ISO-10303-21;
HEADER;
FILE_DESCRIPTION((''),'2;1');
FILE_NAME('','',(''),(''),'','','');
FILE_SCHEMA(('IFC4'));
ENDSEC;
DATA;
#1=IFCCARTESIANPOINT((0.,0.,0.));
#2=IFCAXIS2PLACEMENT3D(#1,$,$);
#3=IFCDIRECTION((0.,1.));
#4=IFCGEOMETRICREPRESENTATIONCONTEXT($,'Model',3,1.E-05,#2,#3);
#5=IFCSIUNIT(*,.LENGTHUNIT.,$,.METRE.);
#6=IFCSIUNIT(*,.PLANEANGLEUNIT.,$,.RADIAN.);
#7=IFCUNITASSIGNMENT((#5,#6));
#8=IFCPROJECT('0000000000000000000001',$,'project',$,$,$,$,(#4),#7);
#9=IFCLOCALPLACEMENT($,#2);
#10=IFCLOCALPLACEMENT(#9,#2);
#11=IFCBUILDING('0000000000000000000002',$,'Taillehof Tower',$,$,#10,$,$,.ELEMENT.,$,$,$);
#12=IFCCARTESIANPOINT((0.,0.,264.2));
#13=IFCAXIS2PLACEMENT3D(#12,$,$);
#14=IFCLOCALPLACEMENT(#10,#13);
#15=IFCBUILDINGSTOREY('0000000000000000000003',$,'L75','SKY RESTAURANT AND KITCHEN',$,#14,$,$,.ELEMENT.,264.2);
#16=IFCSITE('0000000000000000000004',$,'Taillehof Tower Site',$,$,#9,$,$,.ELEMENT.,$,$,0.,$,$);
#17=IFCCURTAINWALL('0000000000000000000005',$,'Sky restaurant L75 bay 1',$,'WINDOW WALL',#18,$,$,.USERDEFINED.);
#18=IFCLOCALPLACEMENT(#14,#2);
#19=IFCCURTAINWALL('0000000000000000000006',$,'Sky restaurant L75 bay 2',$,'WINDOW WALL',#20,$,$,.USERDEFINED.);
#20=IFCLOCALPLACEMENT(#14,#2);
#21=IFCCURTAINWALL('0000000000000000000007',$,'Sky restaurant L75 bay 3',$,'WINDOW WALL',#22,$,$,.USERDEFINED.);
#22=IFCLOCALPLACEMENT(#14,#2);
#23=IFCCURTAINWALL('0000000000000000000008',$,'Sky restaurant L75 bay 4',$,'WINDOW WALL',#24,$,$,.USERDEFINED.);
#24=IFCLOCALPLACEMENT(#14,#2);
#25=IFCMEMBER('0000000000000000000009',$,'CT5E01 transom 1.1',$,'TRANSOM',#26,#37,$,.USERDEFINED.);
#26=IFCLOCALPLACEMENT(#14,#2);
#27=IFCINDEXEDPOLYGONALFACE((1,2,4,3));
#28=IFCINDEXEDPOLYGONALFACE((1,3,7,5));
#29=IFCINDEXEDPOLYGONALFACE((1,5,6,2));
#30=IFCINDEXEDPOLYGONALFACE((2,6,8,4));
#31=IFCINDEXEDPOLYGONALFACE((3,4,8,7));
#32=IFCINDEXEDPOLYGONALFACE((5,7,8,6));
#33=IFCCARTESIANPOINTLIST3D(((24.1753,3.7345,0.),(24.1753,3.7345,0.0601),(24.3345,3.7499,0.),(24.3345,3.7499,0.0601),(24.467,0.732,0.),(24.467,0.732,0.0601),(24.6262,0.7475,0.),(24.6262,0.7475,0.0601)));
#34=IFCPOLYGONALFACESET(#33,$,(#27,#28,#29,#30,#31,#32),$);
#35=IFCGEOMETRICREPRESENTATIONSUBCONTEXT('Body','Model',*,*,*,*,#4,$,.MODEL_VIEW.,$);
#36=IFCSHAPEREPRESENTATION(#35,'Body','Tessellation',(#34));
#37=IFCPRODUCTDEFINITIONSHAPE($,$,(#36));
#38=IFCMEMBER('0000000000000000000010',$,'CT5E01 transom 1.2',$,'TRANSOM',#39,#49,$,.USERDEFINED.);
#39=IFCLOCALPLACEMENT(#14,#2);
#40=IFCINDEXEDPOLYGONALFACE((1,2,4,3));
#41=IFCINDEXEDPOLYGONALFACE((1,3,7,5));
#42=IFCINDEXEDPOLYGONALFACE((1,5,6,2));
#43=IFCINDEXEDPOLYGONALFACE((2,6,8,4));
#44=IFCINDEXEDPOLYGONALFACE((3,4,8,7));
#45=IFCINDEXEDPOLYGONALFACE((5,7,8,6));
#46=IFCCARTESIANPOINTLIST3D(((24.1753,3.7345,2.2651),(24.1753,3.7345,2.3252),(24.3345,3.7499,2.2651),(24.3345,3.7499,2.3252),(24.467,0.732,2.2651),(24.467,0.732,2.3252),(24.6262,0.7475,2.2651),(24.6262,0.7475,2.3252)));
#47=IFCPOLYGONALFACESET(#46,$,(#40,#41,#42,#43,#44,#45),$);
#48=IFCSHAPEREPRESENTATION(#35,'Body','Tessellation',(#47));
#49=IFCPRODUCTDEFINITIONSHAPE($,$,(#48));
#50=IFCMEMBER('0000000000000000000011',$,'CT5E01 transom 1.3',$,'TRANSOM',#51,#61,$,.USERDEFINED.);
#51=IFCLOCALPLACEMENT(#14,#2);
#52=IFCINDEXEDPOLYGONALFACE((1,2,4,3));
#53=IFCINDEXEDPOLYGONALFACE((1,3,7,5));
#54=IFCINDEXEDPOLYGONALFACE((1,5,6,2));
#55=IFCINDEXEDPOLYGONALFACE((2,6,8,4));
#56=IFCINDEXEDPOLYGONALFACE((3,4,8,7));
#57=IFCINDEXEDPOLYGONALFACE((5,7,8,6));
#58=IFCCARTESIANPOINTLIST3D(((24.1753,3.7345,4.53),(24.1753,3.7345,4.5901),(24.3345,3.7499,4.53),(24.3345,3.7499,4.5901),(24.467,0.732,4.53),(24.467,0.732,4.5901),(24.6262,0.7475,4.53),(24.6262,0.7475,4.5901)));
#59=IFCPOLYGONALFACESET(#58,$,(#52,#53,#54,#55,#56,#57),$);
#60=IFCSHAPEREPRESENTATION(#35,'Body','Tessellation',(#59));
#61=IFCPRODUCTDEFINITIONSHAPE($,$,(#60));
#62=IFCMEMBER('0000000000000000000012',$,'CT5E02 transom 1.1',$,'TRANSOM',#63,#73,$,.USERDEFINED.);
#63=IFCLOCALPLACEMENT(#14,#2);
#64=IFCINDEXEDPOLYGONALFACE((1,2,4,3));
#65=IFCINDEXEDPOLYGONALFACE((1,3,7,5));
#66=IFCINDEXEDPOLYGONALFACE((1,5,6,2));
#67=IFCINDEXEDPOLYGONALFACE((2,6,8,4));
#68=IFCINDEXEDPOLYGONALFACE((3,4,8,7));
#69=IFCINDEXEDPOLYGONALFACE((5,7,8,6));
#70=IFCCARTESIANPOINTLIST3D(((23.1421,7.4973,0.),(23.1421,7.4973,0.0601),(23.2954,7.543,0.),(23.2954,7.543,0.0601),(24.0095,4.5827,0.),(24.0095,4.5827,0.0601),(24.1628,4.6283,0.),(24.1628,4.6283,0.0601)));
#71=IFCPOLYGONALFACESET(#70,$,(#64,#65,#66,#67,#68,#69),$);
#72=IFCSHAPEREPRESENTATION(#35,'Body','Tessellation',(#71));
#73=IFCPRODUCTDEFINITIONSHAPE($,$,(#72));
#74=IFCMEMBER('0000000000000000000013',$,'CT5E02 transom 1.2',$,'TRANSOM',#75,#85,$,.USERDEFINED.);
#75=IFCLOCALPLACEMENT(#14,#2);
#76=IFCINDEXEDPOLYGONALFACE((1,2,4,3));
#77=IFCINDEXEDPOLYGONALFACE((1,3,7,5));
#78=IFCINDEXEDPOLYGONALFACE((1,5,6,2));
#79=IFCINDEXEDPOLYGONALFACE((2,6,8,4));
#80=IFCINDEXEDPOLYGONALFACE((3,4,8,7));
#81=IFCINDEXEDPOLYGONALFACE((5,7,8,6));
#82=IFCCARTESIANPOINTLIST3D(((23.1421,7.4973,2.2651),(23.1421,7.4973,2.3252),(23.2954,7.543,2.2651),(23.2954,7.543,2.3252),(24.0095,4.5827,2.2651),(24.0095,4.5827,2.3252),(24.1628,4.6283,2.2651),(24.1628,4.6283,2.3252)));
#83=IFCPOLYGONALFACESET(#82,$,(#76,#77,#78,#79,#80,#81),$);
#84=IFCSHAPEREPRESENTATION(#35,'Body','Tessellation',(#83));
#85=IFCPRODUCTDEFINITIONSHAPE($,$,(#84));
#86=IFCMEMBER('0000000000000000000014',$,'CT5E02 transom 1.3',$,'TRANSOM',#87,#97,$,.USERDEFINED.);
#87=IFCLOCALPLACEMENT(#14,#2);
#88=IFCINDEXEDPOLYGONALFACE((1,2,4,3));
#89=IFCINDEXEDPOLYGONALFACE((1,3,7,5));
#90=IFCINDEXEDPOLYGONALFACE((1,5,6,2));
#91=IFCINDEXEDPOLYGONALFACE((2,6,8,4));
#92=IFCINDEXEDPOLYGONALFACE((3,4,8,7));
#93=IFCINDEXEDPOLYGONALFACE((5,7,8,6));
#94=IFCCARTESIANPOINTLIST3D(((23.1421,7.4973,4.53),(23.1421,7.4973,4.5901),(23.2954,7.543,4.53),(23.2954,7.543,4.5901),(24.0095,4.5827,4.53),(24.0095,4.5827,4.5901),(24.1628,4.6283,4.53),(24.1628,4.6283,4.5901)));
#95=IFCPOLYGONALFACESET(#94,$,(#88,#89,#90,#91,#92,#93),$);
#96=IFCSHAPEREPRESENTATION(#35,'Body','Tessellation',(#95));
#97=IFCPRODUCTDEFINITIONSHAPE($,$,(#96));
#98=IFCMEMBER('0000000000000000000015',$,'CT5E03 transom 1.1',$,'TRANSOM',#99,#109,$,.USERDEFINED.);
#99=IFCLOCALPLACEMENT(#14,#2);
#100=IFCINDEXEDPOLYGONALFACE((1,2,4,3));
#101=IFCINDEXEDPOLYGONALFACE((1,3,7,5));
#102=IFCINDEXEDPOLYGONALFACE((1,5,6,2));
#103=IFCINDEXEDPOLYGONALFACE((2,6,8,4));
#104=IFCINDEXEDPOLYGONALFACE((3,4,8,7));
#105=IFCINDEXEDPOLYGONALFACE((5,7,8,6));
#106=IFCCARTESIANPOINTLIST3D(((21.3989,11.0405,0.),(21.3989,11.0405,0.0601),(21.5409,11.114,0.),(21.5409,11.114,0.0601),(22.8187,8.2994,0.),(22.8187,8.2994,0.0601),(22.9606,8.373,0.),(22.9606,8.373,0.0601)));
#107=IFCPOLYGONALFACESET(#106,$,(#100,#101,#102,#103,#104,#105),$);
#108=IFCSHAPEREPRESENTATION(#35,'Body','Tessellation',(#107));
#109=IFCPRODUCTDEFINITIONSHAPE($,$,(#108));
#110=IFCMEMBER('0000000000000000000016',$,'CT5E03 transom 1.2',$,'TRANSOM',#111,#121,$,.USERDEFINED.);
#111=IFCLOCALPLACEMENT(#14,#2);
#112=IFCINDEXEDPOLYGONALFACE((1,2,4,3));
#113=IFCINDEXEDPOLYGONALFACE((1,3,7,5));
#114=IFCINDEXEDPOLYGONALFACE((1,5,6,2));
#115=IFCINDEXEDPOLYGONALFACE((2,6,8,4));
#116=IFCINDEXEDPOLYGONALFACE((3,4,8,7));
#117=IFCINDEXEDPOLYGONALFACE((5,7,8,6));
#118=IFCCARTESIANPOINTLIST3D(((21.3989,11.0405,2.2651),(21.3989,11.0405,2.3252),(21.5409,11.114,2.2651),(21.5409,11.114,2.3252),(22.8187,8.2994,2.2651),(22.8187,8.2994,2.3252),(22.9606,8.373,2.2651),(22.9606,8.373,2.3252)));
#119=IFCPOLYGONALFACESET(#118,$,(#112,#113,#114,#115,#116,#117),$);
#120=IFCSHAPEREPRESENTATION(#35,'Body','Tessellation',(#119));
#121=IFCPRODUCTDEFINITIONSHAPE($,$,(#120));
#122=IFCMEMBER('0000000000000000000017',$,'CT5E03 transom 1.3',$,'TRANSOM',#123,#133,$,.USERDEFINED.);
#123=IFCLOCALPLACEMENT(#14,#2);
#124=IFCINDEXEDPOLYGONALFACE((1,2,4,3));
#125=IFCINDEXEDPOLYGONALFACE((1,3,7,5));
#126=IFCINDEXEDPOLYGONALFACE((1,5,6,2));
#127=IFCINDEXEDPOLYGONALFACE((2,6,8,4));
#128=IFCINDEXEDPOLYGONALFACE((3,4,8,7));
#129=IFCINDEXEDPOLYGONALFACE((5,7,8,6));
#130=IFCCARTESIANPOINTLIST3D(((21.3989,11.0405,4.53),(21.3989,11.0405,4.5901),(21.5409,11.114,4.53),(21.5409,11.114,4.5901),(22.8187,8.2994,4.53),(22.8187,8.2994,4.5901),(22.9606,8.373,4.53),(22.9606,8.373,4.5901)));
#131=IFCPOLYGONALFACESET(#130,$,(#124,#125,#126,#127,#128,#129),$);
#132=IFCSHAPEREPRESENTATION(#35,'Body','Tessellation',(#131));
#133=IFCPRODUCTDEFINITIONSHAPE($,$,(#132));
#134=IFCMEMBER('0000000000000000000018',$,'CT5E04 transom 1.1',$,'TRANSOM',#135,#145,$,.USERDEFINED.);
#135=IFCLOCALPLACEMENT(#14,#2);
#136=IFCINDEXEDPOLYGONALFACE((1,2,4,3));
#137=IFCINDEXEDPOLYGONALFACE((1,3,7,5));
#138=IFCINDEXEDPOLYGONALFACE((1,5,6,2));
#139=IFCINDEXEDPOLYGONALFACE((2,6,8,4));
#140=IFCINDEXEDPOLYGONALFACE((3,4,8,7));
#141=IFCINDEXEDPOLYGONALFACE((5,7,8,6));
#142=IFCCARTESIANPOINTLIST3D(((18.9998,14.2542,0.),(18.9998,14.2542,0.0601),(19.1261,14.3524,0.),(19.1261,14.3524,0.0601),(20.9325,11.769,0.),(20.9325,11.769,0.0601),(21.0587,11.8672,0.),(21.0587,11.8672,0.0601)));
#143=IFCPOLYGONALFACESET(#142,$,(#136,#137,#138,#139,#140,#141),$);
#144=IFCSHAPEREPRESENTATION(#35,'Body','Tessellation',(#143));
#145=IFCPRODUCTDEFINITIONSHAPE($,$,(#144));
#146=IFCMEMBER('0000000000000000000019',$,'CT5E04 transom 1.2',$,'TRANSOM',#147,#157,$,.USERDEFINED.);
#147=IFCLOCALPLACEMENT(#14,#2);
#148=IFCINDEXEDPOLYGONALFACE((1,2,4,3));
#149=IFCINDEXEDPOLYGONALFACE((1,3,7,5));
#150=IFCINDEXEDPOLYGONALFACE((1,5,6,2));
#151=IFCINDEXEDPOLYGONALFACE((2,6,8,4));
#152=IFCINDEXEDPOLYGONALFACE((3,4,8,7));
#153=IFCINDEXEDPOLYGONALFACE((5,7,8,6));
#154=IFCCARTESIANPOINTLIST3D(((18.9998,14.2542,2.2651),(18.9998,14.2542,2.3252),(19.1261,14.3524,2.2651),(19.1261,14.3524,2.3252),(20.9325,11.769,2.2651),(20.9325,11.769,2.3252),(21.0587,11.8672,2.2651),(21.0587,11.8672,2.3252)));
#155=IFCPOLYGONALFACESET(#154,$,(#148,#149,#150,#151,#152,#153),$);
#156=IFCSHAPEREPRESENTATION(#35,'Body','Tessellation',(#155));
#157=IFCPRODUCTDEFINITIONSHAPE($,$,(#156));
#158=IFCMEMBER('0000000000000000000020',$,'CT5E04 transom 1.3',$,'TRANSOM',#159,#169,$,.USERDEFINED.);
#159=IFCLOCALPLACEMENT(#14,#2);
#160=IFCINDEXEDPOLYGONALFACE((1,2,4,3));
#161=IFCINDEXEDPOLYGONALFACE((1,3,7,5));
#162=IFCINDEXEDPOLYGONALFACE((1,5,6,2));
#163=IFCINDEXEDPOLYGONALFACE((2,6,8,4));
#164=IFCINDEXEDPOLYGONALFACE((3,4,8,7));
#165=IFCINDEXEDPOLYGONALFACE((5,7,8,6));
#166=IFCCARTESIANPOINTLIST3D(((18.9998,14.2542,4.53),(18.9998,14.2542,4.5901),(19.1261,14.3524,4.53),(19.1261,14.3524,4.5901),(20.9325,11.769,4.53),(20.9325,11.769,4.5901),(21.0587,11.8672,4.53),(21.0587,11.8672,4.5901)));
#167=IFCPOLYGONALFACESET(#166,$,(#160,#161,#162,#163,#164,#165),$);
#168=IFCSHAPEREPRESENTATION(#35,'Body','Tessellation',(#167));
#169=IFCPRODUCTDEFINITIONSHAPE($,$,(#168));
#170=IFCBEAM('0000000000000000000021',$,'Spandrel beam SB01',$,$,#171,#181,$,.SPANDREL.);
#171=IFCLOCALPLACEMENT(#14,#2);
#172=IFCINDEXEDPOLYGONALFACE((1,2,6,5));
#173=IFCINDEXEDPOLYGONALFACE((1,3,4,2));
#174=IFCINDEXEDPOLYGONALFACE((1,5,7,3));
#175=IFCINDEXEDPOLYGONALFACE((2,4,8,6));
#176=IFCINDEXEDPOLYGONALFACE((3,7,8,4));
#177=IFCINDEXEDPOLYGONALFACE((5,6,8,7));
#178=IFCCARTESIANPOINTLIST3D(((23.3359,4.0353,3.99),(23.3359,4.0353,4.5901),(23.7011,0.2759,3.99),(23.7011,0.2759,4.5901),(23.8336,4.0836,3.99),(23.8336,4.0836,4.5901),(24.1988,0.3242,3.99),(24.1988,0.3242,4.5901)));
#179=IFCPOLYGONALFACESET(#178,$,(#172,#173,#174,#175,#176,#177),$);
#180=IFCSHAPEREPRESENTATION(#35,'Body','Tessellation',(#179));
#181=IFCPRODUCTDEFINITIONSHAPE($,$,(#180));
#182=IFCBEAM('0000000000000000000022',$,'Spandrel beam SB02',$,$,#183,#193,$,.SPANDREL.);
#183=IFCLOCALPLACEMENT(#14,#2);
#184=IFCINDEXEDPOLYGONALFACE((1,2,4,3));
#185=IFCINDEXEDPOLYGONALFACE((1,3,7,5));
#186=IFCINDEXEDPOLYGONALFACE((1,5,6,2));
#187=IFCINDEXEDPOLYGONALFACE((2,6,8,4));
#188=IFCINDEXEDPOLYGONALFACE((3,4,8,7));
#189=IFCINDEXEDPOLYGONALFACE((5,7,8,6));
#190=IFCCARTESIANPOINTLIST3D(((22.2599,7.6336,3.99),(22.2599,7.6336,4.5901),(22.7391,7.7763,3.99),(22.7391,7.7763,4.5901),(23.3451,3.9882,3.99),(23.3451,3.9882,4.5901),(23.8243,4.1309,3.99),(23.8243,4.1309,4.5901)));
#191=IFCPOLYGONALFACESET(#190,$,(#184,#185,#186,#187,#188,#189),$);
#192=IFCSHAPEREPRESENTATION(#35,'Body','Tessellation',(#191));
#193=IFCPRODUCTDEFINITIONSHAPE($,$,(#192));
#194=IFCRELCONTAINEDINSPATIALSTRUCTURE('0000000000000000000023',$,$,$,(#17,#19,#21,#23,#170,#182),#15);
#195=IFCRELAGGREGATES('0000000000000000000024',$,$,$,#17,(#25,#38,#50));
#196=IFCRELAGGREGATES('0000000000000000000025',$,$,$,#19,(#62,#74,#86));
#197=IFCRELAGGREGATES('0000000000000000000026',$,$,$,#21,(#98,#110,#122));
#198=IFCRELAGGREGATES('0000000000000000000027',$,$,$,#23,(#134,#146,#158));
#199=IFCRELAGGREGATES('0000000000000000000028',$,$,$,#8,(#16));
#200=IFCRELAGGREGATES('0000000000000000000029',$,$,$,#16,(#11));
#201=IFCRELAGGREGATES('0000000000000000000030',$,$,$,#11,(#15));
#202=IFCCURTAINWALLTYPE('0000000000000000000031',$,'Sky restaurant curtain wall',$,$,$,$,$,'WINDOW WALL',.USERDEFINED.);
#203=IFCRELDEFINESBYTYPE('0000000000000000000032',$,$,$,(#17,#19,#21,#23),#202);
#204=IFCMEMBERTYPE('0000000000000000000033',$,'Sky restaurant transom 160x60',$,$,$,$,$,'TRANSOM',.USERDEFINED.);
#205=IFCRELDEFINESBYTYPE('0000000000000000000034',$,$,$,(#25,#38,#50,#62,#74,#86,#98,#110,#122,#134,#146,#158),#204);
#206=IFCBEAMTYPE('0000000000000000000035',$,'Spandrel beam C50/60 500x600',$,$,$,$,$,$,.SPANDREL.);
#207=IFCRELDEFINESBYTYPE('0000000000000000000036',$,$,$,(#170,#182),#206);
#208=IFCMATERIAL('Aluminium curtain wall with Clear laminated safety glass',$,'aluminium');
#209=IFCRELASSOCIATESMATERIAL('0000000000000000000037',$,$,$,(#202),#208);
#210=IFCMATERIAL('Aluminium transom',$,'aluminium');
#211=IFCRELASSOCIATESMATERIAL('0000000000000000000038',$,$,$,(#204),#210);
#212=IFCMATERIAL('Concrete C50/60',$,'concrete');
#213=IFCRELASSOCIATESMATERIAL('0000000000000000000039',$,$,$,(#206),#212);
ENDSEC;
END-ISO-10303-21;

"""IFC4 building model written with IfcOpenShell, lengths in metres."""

from ifc_helpers import new_model, si_unit, direction, frame, origin, origin_2d, place, context, subcontext, project, spatial, rectangle, extrude, material, material_profile, profile_set, type_object, element, aggregate, save


model = new_model("IFC4")

# Units and contexts
model_context = context("Model", 3, precision=1e-05, world=origin(), true_north=direction((0.0, 1.0)))
body_context = subcontext(model_context, "Body", "Model", "MODEL_VIEW")
ifc_project = project(units=[si_unit("LENGTHUNIT", "METRE"), si_unit("PLANEANGLEUNIT", "RADIAN")], contexts=[model_context])

# Site, building, storey
site_placement = place(None, origin())
site = spatial("IfcSite", under=ifc_project, at=site_placement, Name="Taillehof Tower Site", CompositionType="ELEMENT", RefElevation=0.0)
building_placement = place(site_placement, origin())
building = spatial("IfcBuilding", under=site, at=building_placement, Name="Taillehof Tower", CompositionType="ELEMENT")
storey_placement = place(building_placement, frame((0.0, 0.0, 264.2)))
storey = spatial("IfcBuildingStorey", under=building, at=storey_placement, Name="L75", Description="SKY RESTAURANT AND KITCHEN", CompositionType="ELEMENT", Elevation=264.2)

# Curtain walls
ifc_material_1 = material(Name="Aluminium curtain wall with Clear laminated safety glass", Category="aluminium")
curtain_wall_type = type_object("IfcCurtainWallType", Name="Sky restaurant curtain wall", ElementType="WINDOW WALL", PredefinedType="USERDEFINED", material=ifc_material_1)
curtain_wall_1_placement = place(storey_placement, origin())
curtain_wall_1 = element("IfcCurtainWall", 1, at=curtain_wall_1_placement, inside=storey, type_object=curtain_wall_type, Name="Sky restaurant L75 bay 1", ObjectType="WINDOW WALL", PredefinedType="USERDEFINED")
curtain_wall_2_placement = place(storey_placement, origin())
curtain_wall_2 = element("IfcCurtainWall", 2, at=curtain_wall_2_placement, inside=storey, type_object=curtain_wall_type, Name="Sky restaurant L75 bay 2", ObjectType="WINDOW WALL", PredefinedType="USERDEFINED")
curtain_wall_3_placement = place(storey_placement, origin())
curtain_wall_3 = element("IfcCurtainWall", 3, at=curtain_wall_3_placement, inside=storey, type_object=curtain_wall_type, Name="Sky restaurant L75 bay 3", ObjectType="WINDOW WALL", PredefinedType="USERDEFINED")

# Curtain wall
curtain_wall_4_placement = place(storey_placement, origin())
curtain_wall_4 = element("IfcCurtainWall", 4, at=curtain_wall_4_placement, inside=storey, type_object=curtain_wall_type, Name="Sky restaurant L75 bay 4", ObjectType="WINDOW WALL", PredefinedType="USERDEFINED")

# Members
ifc_material_2 = material(Name="Aluminium transom", Category="aluminium")
ifc_material_profile_1 = material_profile(ifc_material_2, rectangle(XDim=0.1599, YDim=0.0601, at=origin_2d()), Name="AL 160x60")
ifc_profile_set_1 = profile_set([ifc_material_profile_1], Name="Aluminium transom")
member_type_1 = type_object("IfcMemberType", Name="Sky restaurant transom 160x60", ElementType="TRANSOM", PredefinedType="USERDEFINED", material=ifc_profile_set_1)
member_1_placement = place(storey_placement, frame((24.5466, 0.7397, 0.03), z_axis=(-0.096715, 0.995312, 0.0), x_axis=(-0.995312, -0.096715, 0.0)))
member_1 = element("IfcMember", 5, at=member_1_placement, type_object=member_type_1, Name="CT5E01 transom 1.1", ObjectType="TRANSOM", PredefinedType="USERDEFINED", context=body_context, shape_type="SweptSolid", body=[
    extrude(rectangle(XDim=0.1599, YDim=0.0601, at=origin_2d()), origin(), (0.0, 0.0, 1.0), 3.0166),
])
member_2_placement = place(storey_placement, frame((24.5466, 0.7397, 2.2952), z_axis=(-0.096715, 0.995312, 0.0), x_axis=(-0.995312, -0.096715, 0.0)))
member_2 = element("IfcMember", 6, at=member_2_placement, type_object=member_type_1, Name="CT5E01 transom 1.2", ObjectType="TRANSOM", PredefinedType="USERDEFINED", context=body_context, shape_type="SweptSolid", body=[
    extrude(rectangle(XDim=0.1599, YDim=0.0601, at=origin_2d()), origin(), (0.0, 0.0, 1.0), 3.0166),
])
member_3_placement = place(storey_placement, frame((24.5466, 0.7397, 4.5601), z_axis=(-0.096715, 0.995312, 0.0), x_axis=(-0.995312, -0.096715, 0.0)))
member_3 = element("IfcMember", 7, at=member_3_placement, type_object=member_type_1, Name="CT5E01 transom 1.3", ObjectType="TRANSOM", PredefinedType="USERDEFINED", context=body_context, shape_type="SweptSolid", body=[
    extrude(rectangle(XDim=0.1599, YDim=0.0601, at=origin_2d()), origin(), (0.0, 0.0, 1.0), 3.0166),
])
member_4_placement = place(storey_placement, frame((24.0862, 4.6055, 0.03), z_axis=(-0.285233, 0.958458, 0.0), x_axis=(-0.958458, -0.285233, 0.0)))
member_4 = element("IfcMember", 8, at=member_4_placement, type_object=member_type_1, Name="CT5E02 transom 1.1", ObjectType="TRANSOM", PredefinedType="USERDEFINED", context=body_context, shape_type="SweptSolid", body=[
    extrude(rectangle(XDim=0.1599, YDim=0.0601, at=origin_2d()), origin(), (0.0, 0.0, 1.0), 3.041),
])
member_5_placement = place(storey_placement, frame((24.0862, 4.6055, 2.2952), z_axis=(-0.285233, 0.958458, 0.0), x_axis=(-0.958458, -0.285233, 0.0)))
member_5 = element("IfcMember", 9, at=member_5_placement, type_object=member_type_1, Name="CT5E02 transom 1.2", ObjectType="TRANSOM", PredefinedType="USERDEFINED", context=body_context, shape_type="SweptSolid", body=[
    extrude(rectangle(XDim=0.1599, YDim=0.0601, at=origin_2d()), origin(), (0.0, 0.0, 1.0), 3.041),
])
member_6_placement = place(storey_placement, frame((24.0862, 4.6055, 4.5601), z_axis=(-0.285233, 0.958458, 0.0), x_axis=(-0.958458, -0.285233, 0.0)))
member_6 = element("IfcMember", 10, at=member_6_placement, type_object=member_type_1, Name="CT5E02 transom 1.3", ObjectType="TRANSOM", PredefinedType="USERDEFINED", context=body_context, shape_type="SweptSolid", body=[
    extrude(rectangle(XDim=0.1599, YDim=0.0601, at=origin_2d()), origin(), (0.0, 0.0, 1.0), 3.041),
])
member_7_placement = place(storey_placement, frame((22.8896, 8.3362, 0.03), z_axis=(-0.459918, 0.887962, 0.0), x_axis=(-0.887962, -0.459918, 0.0)))
member_7 = element("IfcMember", 11, at=member_7_placement, type_object=member_type_1, Name="CT5E03 transom 1.1", ObjectType="TRANSOM", PredefinedType="USERDEFINED", context=body_context, shape_type="SweptSolid", body=[
    extrude(rectangle(XDim=0.1599, YDim=0.0601, at=origin_2d()), origin(), (0.0, 0.0, 1.0), 3.0869),
])
member_8_placement = place(storey_placement, frame((22.8896, 8.3362, 2.2952), z_axis=(-0.459918, 0.887962, 0.0), x_axis=(-0.887962, -0.459918, 0.0)))
member_8 = element("IfcMember", 12, at=member_8_placement, type_object=member_type_1, Name="CT5E03 transom 1.2", ObjectType="TRANSOM", PredefinedType="USERDEFINED", context=body_context, shape_type="SweptSolid", body=[
    extrude(rectangle(XDim=0.1599, YDim=0.0601, at=origin_2d()), origin(), (0.0, 0.0, 1.0), 3.0869),
])
member_9_placement = place(storey_placement, frame((22.8896, 8.3362, 4.5601), z_axis=(-0.459918, 0.887962, 0.0), x_axis=(-0.887962, -0.459918, 0.0)))
member_9 = element("IfcMember", 13, at=member_9_placement, type_object=member_type_1, Name="CT5E03 transom 1.3", ObjectType="TRANSOM", PredefinedType="USERDEFINED", context=body_context, shape_type="SweptSolid", body=[
    extrude(rectangle(XDim=0.1599, YDim=0.0601, at=origin_2d()), origin(), (0.0, 0.0, 1.0), 3.0869),
])
member_10_placement = place(storey_placement, frame((20.9956, 11.8181, 0.03), z_axis=(-0.613892, 0.78939, 0.0), x_axis=(-0.78939, -0.613892, 0.0)))
member_10 = element("IfcMember", 14, at=member_10_placement, type_object=member_type_1, Name="CT5E04 transom 1.1", ObjectType="TRANSOM", PredefinedType="USERDEFINED", context=body_context, shape_type="SweptSolid", body=[
    extrude(rectangle(XDim=0.1599, YDim=0.0601, at=origin_2d()), origin(), (0.0, 0.0, 1.0), 3.1482),
])
member_11_placement = place(storey_placement, frame((20.9956, 11.8181, 2.2952), z_axis=(-0.613892, 0.78939, 0.0), x_axis=(-0.78939, -0.613892, 0.0)))
member_11 = element("IfcMember", 15, at=member_11_placement, type_object=member_type_1, Name="CT5E04 transom 1.2", ObjectType="TRANSOM", PredefinedType="USERDEFINED", context=body_context, shape_type="SweptSolid", body=[
    extrude(rectangle(XDim=0.1599, YDim=0.0601, at=origin_2d()), origin(), (0.0, 0.0, 1.0), 3.1482),
])
member_12_placement = place(storey_placement, frame((20.9956, 11.8181, 4.5601), z_axis=(-0.613892, 0.78939, 0.0), x_axis=(-0.78939, -0.613892, 0.0)))
member_12 = element("IfcMember", 16, at=member_12_placement, type_object=member_type_1, Name="CT5E04 transom 1.3", ObjectType="TRANSOM", PredefinedType="USERDEFINED", context=body_context, shape_type="SweptSolid", body=[
    extrude(rectangle(XDim=0.1599, YDim=0.0601, at=origin_2d()), origin(), (0.0, 0.0, 1.0), 3.1482),
])

# Beams
ifc_material_3 = material(Name="Concrete C50/60", Category="concrete")
ifc_material_profile_2 = material_profile(ifc_material_3, rectangle(XDim=0.5, YDim=0.6001, at=origin_2d()), Name="RC 500x600")
ifc_profile_set_2 = profile_set([ifc_material_profile_2], Name="Concrete C50/60")
beam_type_1 = type_object("IfcBeamType", Name="Spandrel beam C50/60 500x600", PredefinedType="SPANDREL", material=ifc_profile_set_2)
beam_1_placement = place(storey_placement, frame((23.95, 0.3, 4.29), z_axis=(-0.096694, 0.995314, 0.0), x_axis=(-0.995314, -0.096694, 0.0)))
element("IfcBeam", 17, at=beam_1_placement, inside=storey, type_object=beam_type_1, Name="Spandrel beam SB01", PredefinedType="SPANDREL", context=body_context, shape_type="SweptSolid", body=[
    extrude(rectangle(XDim=0.5, YDim=0.6001, at=origin_2d()), origin(), (0.0, 0.0, 1.0), 3.7771),
])
beam_2_placement = place(storey_placement, frame((23.5847, 4.0596, 4.29), z_axis=(-0.285327, 0.95843, 0.0), x_axis=(-0.95843, -0.285327, 0.0)))
element("IfcBeam", 18, at=beam_2_placement, inside=storey, type_object=beam_type_1, Name="Spandrel beam SB02", PredefinedType="SPANDREL", context=body_context, shape_type="SweptSolid", body=[
    extrude(rectangle(XDim=0.5, YDim=0.6001, at=origin_2d()), origin(), (0.0, 0.0, 1.0), 3.8035),
])

aggregate(curtain_wall_1, [member_1, member_2, member_3])
aggregate(curtain_wall_2, [member_4, member_5, member_6])
aggregate(curtain_wall_3, [member_7, member_8, member_9])
aggregate(curtain_wall_4, [member_10, member_11, member_12])

save(model, "model.ifc")
